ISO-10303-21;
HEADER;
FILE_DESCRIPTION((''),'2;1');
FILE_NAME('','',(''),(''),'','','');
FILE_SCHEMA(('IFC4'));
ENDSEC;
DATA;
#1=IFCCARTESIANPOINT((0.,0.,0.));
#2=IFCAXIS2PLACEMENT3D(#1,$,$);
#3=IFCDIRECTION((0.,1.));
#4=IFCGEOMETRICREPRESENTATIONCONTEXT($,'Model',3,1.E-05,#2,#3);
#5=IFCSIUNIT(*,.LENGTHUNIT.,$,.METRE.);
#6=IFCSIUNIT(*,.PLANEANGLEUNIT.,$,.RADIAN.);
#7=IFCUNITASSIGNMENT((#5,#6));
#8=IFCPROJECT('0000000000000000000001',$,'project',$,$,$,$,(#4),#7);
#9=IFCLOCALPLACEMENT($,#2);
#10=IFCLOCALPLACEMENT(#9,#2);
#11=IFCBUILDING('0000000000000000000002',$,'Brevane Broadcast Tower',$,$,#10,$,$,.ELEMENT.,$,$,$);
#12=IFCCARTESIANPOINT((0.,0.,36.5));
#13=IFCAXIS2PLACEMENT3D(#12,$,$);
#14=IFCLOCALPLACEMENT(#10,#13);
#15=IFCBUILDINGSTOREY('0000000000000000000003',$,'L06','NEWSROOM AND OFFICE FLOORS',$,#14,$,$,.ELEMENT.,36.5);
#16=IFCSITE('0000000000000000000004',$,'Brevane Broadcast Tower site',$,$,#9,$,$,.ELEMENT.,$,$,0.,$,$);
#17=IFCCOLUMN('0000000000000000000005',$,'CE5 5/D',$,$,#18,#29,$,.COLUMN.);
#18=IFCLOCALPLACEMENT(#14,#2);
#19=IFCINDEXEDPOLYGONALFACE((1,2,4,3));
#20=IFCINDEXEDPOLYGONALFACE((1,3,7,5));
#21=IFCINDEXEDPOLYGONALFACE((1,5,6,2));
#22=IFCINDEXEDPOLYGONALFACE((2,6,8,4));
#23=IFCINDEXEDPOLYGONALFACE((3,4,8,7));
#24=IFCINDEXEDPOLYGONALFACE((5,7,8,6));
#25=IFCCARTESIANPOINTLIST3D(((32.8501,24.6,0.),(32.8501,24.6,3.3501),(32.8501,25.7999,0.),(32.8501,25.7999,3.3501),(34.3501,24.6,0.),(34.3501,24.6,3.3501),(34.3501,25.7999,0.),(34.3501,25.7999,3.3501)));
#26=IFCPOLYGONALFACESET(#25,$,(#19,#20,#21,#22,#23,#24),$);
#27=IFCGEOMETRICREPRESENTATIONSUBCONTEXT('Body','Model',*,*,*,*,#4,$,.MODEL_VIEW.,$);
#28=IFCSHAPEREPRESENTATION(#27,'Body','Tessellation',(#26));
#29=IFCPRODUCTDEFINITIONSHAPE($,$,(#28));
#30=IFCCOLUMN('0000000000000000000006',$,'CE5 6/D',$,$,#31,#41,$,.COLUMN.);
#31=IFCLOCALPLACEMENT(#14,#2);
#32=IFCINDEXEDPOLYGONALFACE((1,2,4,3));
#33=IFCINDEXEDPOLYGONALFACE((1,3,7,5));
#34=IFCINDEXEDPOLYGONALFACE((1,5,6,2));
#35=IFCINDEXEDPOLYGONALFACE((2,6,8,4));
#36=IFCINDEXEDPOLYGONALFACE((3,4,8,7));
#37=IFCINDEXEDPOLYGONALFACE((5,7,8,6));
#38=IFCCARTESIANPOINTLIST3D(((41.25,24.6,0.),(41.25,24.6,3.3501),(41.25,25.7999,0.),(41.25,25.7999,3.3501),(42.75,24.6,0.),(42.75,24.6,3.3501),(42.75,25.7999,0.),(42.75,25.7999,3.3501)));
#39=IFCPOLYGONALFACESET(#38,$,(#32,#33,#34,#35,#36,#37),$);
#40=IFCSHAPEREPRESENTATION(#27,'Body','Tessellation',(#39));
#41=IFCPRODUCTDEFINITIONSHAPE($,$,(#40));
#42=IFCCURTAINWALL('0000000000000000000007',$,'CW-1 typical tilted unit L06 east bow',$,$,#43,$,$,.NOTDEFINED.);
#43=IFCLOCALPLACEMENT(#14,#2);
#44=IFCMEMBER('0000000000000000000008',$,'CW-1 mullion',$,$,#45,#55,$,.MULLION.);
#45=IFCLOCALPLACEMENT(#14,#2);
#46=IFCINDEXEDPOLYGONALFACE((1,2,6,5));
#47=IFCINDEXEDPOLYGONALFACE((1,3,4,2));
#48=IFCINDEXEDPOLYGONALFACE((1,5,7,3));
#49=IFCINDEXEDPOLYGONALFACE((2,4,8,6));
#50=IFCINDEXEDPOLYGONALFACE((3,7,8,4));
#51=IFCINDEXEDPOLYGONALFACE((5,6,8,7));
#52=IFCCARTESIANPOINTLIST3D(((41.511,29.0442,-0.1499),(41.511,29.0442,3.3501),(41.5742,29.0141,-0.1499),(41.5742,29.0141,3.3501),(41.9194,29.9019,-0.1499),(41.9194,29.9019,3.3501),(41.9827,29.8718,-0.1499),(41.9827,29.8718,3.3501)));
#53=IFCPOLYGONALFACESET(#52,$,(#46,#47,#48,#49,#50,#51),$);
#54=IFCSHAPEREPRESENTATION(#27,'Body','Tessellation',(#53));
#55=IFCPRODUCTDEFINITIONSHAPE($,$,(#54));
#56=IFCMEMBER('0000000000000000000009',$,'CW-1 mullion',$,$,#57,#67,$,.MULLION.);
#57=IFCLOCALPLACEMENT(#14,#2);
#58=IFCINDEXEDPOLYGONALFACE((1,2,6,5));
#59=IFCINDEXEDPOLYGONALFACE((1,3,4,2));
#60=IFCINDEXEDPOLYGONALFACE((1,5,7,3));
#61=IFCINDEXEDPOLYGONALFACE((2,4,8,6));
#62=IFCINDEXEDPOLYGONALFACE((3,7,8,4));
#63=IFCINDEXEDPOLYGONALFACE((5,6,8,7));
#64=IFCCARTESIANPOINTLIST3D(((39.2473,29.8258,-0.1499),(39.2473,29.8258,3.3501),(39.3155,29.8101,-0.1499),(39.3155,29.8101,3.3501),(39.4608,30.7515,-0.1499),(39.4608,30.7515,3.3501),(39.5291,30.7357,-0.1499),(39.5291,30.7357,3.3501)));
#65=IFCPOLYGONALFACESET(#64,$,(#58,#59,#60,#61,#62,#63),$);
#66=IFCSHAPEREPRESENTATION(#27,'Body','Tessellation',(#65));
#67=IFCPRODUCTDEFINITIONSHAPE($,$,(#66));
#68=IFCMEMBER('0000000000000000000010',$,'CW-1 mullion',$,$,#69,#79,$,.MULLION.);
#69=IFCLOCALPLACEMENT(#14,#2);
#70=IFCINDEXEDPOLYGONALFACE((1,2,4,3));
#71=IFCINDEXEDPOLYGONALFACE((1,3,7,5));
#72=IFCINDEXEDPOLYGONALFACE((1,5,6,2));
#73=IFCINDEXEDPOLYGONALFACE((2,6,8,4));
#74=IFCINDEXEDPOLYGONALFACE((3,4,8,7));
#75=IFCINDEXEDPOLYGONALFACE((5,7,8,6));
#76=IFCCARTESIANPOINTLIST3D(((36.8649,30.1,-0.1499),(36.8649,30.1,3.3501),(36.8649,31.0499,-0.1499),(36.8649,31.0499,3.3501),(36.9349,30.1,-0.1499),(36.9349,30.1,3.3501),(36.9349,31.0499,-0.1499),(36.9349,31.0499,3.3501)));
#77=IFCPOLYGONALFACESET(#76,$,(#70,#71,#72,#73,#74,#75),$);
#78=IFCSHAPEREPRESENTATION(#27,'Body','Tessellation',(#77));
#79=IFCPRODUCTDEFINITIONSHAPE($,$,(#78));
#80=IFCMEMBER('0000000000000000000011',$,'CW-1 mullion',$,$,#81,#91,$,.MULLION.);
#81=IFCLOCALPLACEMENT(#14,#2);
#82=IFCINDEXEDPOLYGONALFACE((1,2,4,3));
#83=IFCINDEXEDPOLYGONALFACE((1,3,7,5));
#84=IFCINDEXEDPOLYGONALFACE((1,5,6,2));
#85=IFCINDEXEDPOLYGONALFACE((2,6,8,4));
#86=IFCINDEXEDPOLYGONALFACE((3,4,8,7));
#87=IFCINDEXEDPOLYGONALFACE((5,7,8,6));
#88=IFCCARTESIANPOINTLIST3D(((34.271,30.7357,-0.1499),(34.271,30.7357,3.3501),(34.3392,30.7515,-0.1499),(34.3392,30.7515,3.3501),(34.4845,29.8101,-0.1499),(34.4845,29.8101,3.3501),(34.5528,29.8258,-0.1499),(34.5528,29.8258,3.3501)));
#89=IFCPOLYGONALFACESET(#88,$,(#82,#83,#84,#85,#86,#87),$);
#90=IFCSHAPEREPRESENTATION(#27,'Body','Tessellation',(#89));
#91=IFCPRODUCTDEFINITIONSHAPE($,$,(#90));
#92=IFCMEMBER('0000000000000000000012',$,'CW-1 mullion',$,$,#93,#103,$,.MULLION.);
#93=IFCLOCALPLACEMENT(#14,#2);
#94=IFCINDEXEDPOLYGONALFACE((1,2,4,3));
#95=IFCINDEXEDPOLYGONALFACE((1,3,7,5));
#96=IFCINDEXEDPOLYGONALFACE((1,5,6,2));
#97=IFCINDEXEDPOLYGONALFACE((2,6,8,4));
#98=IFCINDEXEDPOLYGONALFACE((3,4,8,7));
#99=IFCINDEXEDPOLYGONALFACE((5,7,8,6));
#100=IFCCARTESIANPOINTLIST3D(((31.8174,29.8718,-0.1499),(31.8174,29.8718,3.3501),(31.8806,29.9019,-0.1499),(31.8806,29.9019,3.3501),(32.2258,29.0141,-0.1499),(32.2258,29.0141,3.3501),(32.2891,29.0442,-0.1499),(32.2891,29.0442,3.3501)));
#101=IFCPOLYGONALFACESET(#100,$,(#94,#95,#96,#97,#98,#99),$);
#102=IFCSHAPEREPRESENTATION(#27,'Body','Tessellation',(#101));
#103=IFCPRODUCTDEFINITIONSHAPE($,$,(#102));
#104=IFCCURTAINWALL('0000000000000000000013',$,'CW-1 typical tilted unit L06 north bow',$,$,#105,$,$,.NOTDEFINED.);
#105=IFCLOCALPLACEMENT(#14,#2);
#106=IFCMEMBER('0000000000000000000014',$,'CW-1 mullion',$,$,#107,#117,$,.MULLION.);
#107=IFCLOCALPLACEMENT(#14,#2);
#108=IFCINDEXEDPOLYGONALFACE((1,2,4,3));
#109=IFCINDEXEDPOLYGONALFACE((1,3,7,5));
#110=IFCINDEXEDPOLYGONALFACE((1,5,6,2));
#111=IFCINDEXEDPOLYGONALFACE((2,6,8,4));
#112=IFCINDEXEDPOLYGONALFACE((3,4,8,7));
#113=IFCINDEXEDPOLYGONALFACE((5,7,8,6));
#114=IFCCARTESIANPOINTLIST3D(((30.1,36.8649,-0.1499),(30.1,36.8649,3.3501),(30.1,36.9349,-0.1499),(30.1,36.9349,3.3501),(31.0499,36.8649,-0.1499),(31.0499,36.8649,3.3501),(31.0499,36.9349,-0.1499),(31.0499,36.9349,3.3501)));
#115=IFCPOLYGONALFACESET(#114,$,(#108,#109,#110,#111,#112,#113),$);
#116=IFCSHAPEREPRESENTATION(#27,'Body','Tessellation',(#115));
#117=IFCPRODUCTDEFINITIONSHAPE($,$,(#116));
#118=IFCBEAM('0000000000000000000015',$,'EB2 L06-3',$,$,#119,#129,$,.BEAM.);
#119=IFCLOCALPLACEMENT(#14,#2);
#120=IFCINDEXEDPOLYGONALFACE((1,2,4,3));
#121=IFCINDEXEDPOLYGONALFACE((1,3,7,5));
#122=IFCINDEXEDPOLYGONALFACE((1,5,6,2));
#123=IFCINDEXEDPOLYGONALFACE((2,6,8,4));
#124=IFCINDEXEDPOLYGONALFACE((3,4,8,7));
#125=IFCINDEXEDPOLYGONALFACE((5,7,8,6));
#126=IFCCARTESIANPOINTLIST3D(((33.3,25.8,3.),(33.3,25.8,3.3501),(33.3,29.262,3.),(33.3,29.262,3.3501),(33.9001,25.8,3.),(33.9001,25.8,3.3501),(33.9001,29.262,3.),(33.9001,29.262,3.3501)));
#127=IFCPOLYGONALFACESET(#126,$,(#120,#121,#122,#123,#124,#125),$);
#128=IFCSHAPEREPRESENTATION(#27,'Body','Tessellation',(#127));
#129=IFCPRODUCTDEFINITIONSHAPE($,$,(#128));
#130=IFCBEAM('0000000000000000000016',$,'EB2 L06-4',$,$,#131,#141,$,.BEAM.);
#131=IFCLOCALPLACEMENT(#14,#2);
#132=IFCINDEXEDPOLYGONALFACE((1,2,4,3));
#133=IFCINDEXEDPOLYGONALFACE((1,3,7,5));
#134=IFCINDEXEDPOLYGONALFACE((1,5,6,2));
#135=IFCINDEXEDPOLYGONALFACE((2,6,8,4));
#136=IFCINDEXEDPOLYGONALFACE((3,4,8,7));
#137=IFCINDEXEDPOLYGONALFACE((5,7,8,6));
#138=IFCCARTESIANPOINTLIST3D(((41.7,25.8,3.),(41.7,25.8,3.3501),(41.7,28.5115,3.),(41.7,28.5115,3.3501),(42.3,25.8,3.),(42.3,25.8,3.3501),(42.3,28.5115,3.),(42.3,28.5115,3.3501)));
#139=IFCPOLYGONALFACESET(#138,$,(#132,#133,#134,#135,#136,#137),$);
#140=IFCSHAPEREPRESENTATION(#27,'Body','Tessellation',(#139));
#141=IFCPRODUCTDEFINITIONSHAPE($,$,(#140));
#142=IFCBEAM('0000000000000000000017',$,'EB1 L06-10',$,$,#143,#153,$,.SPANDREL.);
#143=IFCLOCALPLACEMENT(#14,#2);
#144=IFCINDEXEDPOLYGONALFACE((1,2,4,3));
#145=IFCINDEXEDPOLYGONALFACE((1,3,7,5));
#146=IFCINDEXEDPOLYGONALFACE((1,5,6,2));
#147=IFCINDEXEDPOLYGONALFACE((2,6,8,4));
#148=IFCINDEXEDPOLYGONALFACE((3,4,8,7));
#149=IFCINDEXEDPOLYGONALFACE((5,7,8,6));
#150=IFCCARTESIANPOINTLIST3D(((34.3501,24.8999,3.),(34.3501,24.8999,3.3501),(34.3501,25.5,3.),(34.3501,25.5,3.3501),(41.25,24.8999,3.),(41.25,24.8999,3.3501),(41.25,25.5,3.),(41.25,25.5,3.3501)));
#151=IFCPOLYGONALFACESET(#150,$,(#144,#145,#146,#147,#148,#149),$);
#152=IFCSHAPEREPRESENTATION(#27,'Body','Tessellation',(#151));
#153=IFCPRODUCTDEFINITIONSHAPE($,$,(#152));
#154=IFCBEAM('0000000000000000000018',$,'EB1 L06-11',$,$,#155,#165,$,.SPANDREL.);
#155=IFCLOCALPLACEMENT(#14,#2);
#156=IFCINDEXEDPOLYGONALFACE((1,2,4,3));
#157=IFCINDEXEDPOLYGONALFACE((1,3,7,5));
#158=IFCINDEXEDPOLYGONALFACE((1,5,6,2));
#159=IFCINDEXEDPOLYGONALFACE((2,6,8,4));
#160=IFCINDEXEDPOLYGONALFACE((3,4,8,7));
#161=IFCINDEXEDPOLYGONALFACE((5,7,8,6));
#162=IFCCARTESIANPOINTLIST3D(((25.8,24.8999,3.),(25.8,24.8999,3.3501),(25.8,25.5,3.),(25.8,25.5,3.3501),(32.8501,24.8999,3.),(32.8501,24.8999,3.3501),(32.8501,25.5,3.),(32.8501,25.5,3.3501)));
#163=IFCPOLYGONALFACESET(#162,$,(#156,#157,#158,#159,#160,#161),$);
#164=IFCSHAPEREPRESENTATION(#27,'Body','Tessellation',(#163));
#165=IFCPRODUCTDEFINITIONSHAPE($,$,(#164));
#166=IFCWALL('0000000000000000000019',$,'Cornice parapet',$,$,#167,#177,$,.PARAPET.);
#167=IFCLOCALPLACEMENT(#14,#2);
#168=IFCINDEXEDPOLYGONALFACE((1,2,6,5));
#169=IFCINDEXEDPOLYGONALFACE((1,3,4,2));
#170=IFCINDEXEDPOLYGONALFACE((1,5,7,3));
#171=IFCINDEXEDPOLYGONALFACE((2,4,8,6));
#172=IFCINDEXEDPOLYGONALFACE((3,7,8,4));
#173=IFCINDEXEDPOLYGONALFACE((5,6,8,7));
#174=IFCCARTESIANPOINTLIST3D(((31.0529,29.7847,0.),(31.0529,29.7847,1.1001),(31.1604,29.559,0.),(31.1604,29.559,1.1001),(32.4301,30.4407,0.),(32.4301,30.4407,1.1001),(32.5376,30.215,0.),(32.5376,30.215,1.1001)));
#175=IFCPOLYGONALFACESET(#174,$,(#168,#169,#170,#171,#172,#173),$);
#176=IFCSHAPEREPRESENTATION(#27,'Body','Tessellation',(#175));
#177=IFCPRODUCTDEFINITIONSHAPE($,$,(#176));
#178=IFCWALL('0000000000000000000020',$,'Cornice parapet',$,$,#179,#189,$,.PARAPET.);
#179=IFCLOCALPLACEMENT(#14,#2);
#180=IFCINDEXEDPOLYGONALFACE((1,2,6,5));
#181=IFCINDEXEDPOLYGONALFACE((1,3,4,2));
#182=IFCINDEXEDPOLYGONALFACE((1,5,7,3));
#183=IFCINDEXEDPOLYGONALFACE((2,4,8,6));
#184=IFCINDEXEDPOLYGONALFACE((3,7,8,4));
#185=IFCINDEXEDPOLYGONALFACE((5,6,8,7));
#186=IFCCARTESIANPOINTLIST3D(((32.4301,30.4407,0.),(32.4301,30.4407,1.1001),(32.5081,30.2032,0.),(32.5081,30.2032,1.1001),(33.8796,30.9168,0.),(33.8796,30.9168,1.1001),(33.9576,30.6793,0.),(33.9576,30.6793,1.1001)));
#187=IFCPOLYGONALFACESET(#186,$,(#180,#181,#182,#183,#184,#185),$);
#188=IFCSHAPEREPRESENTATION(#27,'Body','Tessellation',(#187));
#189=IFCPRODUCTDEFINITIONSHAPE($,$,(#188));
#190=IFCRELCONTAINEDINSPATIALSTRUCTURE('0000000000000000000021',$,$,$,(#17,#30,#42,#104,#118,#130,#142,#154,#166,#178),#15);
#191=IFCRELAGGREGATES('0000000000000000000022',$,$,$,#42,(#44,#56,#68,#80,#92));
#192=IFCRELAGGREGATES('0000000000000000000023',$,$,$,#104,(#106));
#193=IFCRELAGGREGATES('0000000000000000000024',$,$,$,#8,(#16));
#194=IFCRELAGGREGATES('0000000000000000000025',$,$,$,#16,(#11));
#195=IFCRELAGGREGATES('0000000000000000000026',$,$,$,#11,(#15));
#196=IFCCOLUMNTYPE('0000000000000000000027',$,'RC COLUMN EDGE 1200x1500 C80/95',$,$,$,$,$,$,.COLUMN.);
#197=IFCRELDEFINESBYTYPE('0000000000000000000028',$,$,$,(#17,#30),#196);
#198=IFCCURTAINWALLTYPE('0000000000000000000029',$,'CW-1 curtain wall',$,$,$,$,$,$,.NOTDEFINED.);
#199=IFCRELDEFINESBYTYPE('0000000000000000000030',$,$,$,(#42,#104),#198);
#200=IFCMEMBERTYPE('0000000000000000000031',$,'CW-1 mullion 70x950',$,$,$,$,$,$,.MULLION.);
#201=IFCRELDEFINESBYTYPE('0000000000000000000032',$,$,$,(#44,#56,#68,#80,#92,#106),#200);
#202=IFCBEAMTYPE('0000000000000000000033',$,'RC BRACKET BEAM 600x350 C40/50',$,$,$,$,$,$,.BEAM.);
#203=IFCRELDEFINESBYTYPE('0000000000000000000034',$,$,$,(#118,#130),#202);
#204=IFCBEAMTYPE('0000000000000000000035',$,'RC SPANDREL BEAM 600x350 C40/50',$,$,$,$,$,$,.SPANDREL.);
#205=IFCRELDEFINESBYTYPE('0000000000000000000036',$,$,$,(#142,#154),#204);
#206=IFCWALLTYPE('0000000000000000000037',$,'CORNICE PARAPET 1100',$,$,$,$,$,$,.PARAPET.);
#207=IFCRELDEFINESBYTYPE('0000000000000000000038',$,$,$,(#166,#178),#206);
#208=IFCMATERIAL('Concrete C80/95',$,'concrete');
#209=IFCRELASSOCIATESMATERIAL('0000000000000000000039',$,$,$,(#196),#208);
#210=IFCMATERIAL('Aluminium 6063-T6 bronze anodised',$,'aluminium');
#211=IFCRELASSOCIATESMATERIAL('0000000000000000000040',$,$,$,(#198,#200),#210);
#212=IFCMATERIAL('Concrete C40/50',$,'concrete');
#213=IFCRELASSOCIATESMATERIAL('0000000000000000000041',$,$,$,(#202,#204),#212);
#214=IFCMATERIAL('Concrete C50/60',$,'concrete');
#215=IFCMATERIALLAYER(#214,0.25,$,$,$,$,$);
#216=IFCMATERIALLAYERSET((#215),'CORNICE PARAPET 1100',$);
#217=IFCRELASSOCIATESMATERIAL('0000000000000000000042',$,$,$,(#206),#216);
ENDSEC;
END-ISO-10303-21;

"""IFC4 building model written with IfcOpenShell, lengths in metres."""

from ifc_helpers import new_model, si_unit, direction, frame, frame_2d, origin, origin_2d, place, context, subcontext, project, spatial, rectangle, extrude, material, layer, layer_set, material_profile, profile_set, type_object, element, aggregate, save


model = new_model("IFC4")

# Units and contexts
model_context = context("Model", 3, precision=1e-05, world=origin(), true_north=direction((0.0, 1.0)))
body_context = subcontext(model_context, "Body", "Model", "MODEL_VIEW")
ifc_project = project(units=[si_unit("LENGTHUNIT", "METRE"), si_unit("PLANEANGLEUNIT", "RADIAN")], contexts=[model_context])

# Site, building, storey
site_placement = place(None, origin())
site = spatial("IfcSite", under=ifc_project, at=site_placement, Name="Brevane Broadcast Tower site", CompositionType="ELEMENT", RefElevation=0.0)
building_placement = place(site_placement, origin())
building = spatial("IfcBuilding", under=site, at=building_placement, Name="Brevane Broadcast Tower", CompositionType="ELEMENT")
storey_placement = place(building_placement, frame((0.0, 0.0, 36.5)))
storey = spatial("IfcBuildingStorey", under=building, at=storey_placement, Name="L06", Description="NEWSROOM AND OFFICE FLOORS", CompositionType="ELEMENT", Elevation=36.5)

# Columns
ifc_material_1 = material(Name="Concrete C80/95", Category="concrete")
ifc_material_profile_1 = material_profile(ifc_material_1, rectangle(XDim=1.2, YDim=1.5, at=origin_2d()), Name="RC 1200x1500")
ifc_profile_set_1 = profile_set([ifc_material_profile_1], Name="Concrete C80/95")
column_type = type_object("IfcColumnType", Name="RC COLUMN EDGE 1200x1500 C80/95", PredefinedType="COLUMN", material=ifc_profile_set_1)
for number, where, z_axis, x_axis, name in (
    (1, (33.6001, 25.2, 0.0), (0.0, 0.0, 1.0), (0.0, 1.0, 0.0), "CE5 5/D"),
    (2, (42.0, 25.2, 0.0), (0.0, 0.0, 1.0), (0.0, 1.0, 0.0), "CE5 6/D"),
):
    element("IfcColumn", number, at=place(storey_placement, frame(where, z_axis=z_axis, x_axis=x_axis)), inside=storey, type_object=column_type, Name=name, PredefinedType="COLUMN", context=body_context, shape_type="SweptSolid", body=[
        extrude(rectangle(XDim=1.2, YDim=1.5, at=origin_2d()), origin(), (0.0, 0.0, 1.0), 3.3501),
    ])

# Curtain wall, members
ifc_material_2 = material(Name="Aluminium 6063-T6 bronze anodised", Category="aluminium")
curtain_wall_type = type_object("IfcCurtainWallType", Name="CW-1 curtain wall", PredefinedType="NOTDEFINED", material=ifc_material_2)
curtain_wall_1_placement = place(storey_placement, origin())
curtain_wall_1 = element("IfcCurtainWall", 3, at=curtain_wall_1_placement, inside=storey, type_object=curtain_wall_type, Name="CW-1 typical tilted unit L06 east bow", PredefinedType="NOTDEFINED")
ifc_material_profile_2 = material_profile(ifc_material_2, rectangle(XDim=0.95, YDim=0.0701, at=origin_2d()), Name="RECT 70x950")
ifc_profile_set_2 = profile_set([ifc_material_profile_2], Name="Aluminium 6063-T6 bronze anodised")
member_type = type_object("IfcMemberType", Name="CW-1 mullion 70x950", PredefinedType="MULLION", material=ifc_profile_set_2)
member_1_placement = place(storey_placement, frame((41.7468, 29.458, -0.1499), z_axis=(0.0, 0.0, 1.0), x_axis=(-0.429934, -0.902861, 0.0)))
member_1 = element("IfcMember", 4, at=member_1_placement, type_object=member_type, Name="CW-1 mullion", PredefinedType="MULLION", context=body_context, shape_type="SweptSolid", body=[
    extrude(rectangle(XDim=0.95, YDim=0.0701, at=origin_2d()), origin(), (0.0, 0.0, 1.0), 3.5),
])
member_2_placement = place(storey_placement, frame((39.3882, 30.2808, -0.1499), z_axis=(0.0, 0.0, 1.0), x_axis=(-0.224806, -0.974403, 0.0)))
member_2 = element("IfcMember", 5, at=member_2_placement, type_object=member_type, Name="CW-1 mullion", PredefinedType="MULLION", context=body_context, shape_type="SweptSolid", body=[
    extrude(rectangle(XDim=0.95, YDim=0.0701, at=origin_2d()), origin(), (0.0, 0.0, 1.0), 3.5),
])
member_3_placement = place(storey_placement, frame((36.8999, 30.575, -0.1499), z_axis=(0.0, 0.0, 1.0), x_axis=(0.0, -1.0, 0.0)))
member_3 = element("IfcMember", 6, at=member_3_placement, type_object=member_type, Name="CW-1 mullion", PredefinedType="MULLION", context=body_context, shape_type="SweptSolid", body=[
    extrude(rectangle(XDim=0.95, YDim=0.0701, at=origin_2d()), origin(), (0.0, 0.0, 1.0), 3.5),
])
member_4_placement = place(storey_placement, frame((34.4119, 30.2808, -0.1499), z_axis=(0.0, 0.0, 1.0), x_axis=(0.224806, -0.974403, 0.0)))
member_4 = element("IfcMember", 7, at=member_4_placement, type_object=member_type, Name="CW-1 mullion", PredefinedType="MULLION", context=body_context, shape_type="SweptSolid", body=[
    extrude(rectangle(XDim=0.95, YDim=0.0701, at=origin_2d()), origin(), (0.0, 0.0, 1.0), 3.5),
])
member_5_placement = place(storey_placement, frame((32.0532, 29.458, -0.1499), z_axis=(0.0, 0.0, 1.0), x_axis=(0.429934, -0.902861, 0.0)))
member_5 = element("IfcMember", 8, at=member_5_placement, type_object=member_type, Name="CW-1 mullion", PredefinedType="MULLION", context=body_context, shape_type="SweptSolid", body=[
    extrude(rectangle(XDim=0.95, YDim=0.0701, at=origin_2d()), origin(), (0.0, 0.0, 1.0), 3.5),
])
aggregate(curtain_wall_1, [member_1, member_2, member_3, member_4, member_5])

# Curtain wall, member
curtain_wall_2_placement = place(storey_placement, origin())
curtain_wall_2 = element("IfcCurtainWall", 9, at=curtain_wall_2_placement, inside=storey, type_object=curtain_wall_type, Name="CW-1 typical tilted unit L06 north bow", PredefinedType="NOTDEFINED")
member_6_placement = place(storey_placement, frame((30.575, 36.8999, -0.1499), z_axis=(0.0, 0.0, 1.0), x_axis=(-1.0, 0.0, 0.0)))
member_6 = element("IfcMember", 10, at=member_6_placement, type_object=member_type, Name="CW-1 mullion", PredefinedType="MULLION", context=body_context, shape_type="SweptSolid", body=[
    extrude(rectangle(XDim=0.95, YDim=0.0701, at=origin_2d()), origin(), (0.0, 0.0, 1.0), 3.5),
])
aggregate(curtain_wall_2, [member_6])

# Beams
ifc_material_3 = material(Name="Concrete C40/50", Category="concrete")
ifc_material_profile_3 = material_profile(ifc_material_3, rectangle(XDim=0.6001, YDim=0.3501, at=origin_2d()), Name="RC 600x350")
ifc_profile_set_3 = profile_set([ifc_material_profile_3], Name="Concrete C40/50")
beam_type_1 = type_object("IfcBeamType", Name="RC BRACKET BEAM 600x350 C40/50", PredefinedType="BEAM", material=ifc_profile_set_3)
beam_1_placement = place(storey_placement, frame((33.6001, 25.8, 3.175), z_axis=(0.0, 1.0, 0.0), x_axis=(-1.0, 0.0, 0.0)))
element("IfcBeam", 11, at=beam_1_placement, inside=storey, type_object=beam_type_1, Name="EB2 L06-3", PredefinedType="BEAM", context=body_context, shape_type="SweptSolid", body=[
    extrude(rectangle(XDim=0.6001, YDim=0.3501, at=origin_2d()), origin(), (0.0, 0.0, 1.0), 3.4619),
])
beam_2_placement = place(storey_placement, frame((42.0, 25.8, 3.175), z_axis=(0.0, 1.0, 0.0), x_axis=(-1.0, 0.0, 0.0)))
element("IfcBeam", 12, at=beam_2_placement, inside=storey, type_object=beam_type_1, Name="EB2 L06-4", PredefinedType="BEAM", context=body_context, shape_type="SweptSolid", body=[
    extrude(rectangle(XDim=0.6001, YDim=0.3501, at=origin_2d()), origin(), (0.0, 0.0, 1.0), 2.7114),
])
ifc_material_profile_4 = material_profile(ifc_material_3, rectangle(XDim=0.6001, YDim=0.3501, at=origin_2d()), Name="RC 600x350")
ifc_profile_set_4 = profile_set([ifc_material_profile_4], Name="Concrete C40/50")
beam_type_2 = type_object("IfcBeamType", Name="RC SPANDREL BEAM 600x350 C40/50", PredefinedType="SPANDREL", material=ifc_profile_set_4)
beam_3_placement = place(storey_placement, frame((41.25, 25.2, 3.175), z_axis=(-1.0, 0.0, 0.0), x_axis=(0.0, -1.0, 0.0)))
element("IfcBeam", 13, at=beam_3_placement, inside=storey, type_object=beam_type_2, Name="EB1 L06-10", PredefinedType="SPANDREL", context=body_context, shape_type="SweptSolid", body=[
    extrude(rectangle(XDim=0.6001, YDim=0.3501, at=origin_2d()), origin(), (0.0, 0.0, 1.0), 6.8999),
])
beam_4_placement = place(storey_placement, frame((32.8501, 25.2, 3.175), z_axis=(-1.0, 0.0, 0.0), x_axis=(0.0, -1.0, 0.0)))
element("IfcBeam", 14, at=beam_4_placement, inside=storey, type_object=beam_type_2, Name="EB1 L06-11", PredefinedType="SPANDREL", context=body_context, shape_type="SweptSolid", body=[
    extrude(rectangle(XDim=0.6001, YDim=0.3501, at=origin_2d()), origin(), (0.0, 0.0, 1.0), 7.05),
])

# Walls
ifc_material_4 = material(Name="Concrete C50/60", Category="concrete")
ifc_layer_1 = layer(ifc_material_4, 0.25)
ifc_layer_set_1 = layer_set([ifc_layer_1], Name="CORNICE PARAPET 1100")
wall_type_1 = type_object("IfcWallType", Name="CORNICE PARAPET 1100", PredefinedType="PARAPET", material=ifc_layer_set_1)
wall_1_placement = place(storey_placement, frame((31.1067, 29.6719, 0.0), z_axis=(0.0, 0.0, 1.0), x_axis=(0.90281, 0.430039, 0.0)))
element("IfcWall", 15, at=wall_1_placement, inside=storey, type_object=wall_type_1, Name="Cornice parapet", PredefinedType="PARAPET", context=body_context, shape_type="SweptSolid", body=[
    extrude(rectangle(XDim=1.5254, YDim=0.25, at=frame_2d((0.7627, 0.0))), origin(), (0.0, 0.0, 1.0), 1.1001),
])
wall_2_placement = place(storey_placement, frame((32.4692, 30.322, 0.0), z_axis=(0.0, 0.0, 1.0), x_axis=(0.950066, 0.312048, 0.0)))
element("IfcWall", 16, at=wall_2_placement, inside=storey, type_object=wall_type_1, Name="Cornice parapet", PredefinedType="PARAPET", context=body_context, shape_type="SweptSolid", body=[
    extrude(rectangle(XDim=1.5256, YDim=0.25, at=frame_2d((0.7627, 0.0))), origin(), (0.0, 0.0, 1.0), 1.1001),
])

save(model, "model.ifc")
